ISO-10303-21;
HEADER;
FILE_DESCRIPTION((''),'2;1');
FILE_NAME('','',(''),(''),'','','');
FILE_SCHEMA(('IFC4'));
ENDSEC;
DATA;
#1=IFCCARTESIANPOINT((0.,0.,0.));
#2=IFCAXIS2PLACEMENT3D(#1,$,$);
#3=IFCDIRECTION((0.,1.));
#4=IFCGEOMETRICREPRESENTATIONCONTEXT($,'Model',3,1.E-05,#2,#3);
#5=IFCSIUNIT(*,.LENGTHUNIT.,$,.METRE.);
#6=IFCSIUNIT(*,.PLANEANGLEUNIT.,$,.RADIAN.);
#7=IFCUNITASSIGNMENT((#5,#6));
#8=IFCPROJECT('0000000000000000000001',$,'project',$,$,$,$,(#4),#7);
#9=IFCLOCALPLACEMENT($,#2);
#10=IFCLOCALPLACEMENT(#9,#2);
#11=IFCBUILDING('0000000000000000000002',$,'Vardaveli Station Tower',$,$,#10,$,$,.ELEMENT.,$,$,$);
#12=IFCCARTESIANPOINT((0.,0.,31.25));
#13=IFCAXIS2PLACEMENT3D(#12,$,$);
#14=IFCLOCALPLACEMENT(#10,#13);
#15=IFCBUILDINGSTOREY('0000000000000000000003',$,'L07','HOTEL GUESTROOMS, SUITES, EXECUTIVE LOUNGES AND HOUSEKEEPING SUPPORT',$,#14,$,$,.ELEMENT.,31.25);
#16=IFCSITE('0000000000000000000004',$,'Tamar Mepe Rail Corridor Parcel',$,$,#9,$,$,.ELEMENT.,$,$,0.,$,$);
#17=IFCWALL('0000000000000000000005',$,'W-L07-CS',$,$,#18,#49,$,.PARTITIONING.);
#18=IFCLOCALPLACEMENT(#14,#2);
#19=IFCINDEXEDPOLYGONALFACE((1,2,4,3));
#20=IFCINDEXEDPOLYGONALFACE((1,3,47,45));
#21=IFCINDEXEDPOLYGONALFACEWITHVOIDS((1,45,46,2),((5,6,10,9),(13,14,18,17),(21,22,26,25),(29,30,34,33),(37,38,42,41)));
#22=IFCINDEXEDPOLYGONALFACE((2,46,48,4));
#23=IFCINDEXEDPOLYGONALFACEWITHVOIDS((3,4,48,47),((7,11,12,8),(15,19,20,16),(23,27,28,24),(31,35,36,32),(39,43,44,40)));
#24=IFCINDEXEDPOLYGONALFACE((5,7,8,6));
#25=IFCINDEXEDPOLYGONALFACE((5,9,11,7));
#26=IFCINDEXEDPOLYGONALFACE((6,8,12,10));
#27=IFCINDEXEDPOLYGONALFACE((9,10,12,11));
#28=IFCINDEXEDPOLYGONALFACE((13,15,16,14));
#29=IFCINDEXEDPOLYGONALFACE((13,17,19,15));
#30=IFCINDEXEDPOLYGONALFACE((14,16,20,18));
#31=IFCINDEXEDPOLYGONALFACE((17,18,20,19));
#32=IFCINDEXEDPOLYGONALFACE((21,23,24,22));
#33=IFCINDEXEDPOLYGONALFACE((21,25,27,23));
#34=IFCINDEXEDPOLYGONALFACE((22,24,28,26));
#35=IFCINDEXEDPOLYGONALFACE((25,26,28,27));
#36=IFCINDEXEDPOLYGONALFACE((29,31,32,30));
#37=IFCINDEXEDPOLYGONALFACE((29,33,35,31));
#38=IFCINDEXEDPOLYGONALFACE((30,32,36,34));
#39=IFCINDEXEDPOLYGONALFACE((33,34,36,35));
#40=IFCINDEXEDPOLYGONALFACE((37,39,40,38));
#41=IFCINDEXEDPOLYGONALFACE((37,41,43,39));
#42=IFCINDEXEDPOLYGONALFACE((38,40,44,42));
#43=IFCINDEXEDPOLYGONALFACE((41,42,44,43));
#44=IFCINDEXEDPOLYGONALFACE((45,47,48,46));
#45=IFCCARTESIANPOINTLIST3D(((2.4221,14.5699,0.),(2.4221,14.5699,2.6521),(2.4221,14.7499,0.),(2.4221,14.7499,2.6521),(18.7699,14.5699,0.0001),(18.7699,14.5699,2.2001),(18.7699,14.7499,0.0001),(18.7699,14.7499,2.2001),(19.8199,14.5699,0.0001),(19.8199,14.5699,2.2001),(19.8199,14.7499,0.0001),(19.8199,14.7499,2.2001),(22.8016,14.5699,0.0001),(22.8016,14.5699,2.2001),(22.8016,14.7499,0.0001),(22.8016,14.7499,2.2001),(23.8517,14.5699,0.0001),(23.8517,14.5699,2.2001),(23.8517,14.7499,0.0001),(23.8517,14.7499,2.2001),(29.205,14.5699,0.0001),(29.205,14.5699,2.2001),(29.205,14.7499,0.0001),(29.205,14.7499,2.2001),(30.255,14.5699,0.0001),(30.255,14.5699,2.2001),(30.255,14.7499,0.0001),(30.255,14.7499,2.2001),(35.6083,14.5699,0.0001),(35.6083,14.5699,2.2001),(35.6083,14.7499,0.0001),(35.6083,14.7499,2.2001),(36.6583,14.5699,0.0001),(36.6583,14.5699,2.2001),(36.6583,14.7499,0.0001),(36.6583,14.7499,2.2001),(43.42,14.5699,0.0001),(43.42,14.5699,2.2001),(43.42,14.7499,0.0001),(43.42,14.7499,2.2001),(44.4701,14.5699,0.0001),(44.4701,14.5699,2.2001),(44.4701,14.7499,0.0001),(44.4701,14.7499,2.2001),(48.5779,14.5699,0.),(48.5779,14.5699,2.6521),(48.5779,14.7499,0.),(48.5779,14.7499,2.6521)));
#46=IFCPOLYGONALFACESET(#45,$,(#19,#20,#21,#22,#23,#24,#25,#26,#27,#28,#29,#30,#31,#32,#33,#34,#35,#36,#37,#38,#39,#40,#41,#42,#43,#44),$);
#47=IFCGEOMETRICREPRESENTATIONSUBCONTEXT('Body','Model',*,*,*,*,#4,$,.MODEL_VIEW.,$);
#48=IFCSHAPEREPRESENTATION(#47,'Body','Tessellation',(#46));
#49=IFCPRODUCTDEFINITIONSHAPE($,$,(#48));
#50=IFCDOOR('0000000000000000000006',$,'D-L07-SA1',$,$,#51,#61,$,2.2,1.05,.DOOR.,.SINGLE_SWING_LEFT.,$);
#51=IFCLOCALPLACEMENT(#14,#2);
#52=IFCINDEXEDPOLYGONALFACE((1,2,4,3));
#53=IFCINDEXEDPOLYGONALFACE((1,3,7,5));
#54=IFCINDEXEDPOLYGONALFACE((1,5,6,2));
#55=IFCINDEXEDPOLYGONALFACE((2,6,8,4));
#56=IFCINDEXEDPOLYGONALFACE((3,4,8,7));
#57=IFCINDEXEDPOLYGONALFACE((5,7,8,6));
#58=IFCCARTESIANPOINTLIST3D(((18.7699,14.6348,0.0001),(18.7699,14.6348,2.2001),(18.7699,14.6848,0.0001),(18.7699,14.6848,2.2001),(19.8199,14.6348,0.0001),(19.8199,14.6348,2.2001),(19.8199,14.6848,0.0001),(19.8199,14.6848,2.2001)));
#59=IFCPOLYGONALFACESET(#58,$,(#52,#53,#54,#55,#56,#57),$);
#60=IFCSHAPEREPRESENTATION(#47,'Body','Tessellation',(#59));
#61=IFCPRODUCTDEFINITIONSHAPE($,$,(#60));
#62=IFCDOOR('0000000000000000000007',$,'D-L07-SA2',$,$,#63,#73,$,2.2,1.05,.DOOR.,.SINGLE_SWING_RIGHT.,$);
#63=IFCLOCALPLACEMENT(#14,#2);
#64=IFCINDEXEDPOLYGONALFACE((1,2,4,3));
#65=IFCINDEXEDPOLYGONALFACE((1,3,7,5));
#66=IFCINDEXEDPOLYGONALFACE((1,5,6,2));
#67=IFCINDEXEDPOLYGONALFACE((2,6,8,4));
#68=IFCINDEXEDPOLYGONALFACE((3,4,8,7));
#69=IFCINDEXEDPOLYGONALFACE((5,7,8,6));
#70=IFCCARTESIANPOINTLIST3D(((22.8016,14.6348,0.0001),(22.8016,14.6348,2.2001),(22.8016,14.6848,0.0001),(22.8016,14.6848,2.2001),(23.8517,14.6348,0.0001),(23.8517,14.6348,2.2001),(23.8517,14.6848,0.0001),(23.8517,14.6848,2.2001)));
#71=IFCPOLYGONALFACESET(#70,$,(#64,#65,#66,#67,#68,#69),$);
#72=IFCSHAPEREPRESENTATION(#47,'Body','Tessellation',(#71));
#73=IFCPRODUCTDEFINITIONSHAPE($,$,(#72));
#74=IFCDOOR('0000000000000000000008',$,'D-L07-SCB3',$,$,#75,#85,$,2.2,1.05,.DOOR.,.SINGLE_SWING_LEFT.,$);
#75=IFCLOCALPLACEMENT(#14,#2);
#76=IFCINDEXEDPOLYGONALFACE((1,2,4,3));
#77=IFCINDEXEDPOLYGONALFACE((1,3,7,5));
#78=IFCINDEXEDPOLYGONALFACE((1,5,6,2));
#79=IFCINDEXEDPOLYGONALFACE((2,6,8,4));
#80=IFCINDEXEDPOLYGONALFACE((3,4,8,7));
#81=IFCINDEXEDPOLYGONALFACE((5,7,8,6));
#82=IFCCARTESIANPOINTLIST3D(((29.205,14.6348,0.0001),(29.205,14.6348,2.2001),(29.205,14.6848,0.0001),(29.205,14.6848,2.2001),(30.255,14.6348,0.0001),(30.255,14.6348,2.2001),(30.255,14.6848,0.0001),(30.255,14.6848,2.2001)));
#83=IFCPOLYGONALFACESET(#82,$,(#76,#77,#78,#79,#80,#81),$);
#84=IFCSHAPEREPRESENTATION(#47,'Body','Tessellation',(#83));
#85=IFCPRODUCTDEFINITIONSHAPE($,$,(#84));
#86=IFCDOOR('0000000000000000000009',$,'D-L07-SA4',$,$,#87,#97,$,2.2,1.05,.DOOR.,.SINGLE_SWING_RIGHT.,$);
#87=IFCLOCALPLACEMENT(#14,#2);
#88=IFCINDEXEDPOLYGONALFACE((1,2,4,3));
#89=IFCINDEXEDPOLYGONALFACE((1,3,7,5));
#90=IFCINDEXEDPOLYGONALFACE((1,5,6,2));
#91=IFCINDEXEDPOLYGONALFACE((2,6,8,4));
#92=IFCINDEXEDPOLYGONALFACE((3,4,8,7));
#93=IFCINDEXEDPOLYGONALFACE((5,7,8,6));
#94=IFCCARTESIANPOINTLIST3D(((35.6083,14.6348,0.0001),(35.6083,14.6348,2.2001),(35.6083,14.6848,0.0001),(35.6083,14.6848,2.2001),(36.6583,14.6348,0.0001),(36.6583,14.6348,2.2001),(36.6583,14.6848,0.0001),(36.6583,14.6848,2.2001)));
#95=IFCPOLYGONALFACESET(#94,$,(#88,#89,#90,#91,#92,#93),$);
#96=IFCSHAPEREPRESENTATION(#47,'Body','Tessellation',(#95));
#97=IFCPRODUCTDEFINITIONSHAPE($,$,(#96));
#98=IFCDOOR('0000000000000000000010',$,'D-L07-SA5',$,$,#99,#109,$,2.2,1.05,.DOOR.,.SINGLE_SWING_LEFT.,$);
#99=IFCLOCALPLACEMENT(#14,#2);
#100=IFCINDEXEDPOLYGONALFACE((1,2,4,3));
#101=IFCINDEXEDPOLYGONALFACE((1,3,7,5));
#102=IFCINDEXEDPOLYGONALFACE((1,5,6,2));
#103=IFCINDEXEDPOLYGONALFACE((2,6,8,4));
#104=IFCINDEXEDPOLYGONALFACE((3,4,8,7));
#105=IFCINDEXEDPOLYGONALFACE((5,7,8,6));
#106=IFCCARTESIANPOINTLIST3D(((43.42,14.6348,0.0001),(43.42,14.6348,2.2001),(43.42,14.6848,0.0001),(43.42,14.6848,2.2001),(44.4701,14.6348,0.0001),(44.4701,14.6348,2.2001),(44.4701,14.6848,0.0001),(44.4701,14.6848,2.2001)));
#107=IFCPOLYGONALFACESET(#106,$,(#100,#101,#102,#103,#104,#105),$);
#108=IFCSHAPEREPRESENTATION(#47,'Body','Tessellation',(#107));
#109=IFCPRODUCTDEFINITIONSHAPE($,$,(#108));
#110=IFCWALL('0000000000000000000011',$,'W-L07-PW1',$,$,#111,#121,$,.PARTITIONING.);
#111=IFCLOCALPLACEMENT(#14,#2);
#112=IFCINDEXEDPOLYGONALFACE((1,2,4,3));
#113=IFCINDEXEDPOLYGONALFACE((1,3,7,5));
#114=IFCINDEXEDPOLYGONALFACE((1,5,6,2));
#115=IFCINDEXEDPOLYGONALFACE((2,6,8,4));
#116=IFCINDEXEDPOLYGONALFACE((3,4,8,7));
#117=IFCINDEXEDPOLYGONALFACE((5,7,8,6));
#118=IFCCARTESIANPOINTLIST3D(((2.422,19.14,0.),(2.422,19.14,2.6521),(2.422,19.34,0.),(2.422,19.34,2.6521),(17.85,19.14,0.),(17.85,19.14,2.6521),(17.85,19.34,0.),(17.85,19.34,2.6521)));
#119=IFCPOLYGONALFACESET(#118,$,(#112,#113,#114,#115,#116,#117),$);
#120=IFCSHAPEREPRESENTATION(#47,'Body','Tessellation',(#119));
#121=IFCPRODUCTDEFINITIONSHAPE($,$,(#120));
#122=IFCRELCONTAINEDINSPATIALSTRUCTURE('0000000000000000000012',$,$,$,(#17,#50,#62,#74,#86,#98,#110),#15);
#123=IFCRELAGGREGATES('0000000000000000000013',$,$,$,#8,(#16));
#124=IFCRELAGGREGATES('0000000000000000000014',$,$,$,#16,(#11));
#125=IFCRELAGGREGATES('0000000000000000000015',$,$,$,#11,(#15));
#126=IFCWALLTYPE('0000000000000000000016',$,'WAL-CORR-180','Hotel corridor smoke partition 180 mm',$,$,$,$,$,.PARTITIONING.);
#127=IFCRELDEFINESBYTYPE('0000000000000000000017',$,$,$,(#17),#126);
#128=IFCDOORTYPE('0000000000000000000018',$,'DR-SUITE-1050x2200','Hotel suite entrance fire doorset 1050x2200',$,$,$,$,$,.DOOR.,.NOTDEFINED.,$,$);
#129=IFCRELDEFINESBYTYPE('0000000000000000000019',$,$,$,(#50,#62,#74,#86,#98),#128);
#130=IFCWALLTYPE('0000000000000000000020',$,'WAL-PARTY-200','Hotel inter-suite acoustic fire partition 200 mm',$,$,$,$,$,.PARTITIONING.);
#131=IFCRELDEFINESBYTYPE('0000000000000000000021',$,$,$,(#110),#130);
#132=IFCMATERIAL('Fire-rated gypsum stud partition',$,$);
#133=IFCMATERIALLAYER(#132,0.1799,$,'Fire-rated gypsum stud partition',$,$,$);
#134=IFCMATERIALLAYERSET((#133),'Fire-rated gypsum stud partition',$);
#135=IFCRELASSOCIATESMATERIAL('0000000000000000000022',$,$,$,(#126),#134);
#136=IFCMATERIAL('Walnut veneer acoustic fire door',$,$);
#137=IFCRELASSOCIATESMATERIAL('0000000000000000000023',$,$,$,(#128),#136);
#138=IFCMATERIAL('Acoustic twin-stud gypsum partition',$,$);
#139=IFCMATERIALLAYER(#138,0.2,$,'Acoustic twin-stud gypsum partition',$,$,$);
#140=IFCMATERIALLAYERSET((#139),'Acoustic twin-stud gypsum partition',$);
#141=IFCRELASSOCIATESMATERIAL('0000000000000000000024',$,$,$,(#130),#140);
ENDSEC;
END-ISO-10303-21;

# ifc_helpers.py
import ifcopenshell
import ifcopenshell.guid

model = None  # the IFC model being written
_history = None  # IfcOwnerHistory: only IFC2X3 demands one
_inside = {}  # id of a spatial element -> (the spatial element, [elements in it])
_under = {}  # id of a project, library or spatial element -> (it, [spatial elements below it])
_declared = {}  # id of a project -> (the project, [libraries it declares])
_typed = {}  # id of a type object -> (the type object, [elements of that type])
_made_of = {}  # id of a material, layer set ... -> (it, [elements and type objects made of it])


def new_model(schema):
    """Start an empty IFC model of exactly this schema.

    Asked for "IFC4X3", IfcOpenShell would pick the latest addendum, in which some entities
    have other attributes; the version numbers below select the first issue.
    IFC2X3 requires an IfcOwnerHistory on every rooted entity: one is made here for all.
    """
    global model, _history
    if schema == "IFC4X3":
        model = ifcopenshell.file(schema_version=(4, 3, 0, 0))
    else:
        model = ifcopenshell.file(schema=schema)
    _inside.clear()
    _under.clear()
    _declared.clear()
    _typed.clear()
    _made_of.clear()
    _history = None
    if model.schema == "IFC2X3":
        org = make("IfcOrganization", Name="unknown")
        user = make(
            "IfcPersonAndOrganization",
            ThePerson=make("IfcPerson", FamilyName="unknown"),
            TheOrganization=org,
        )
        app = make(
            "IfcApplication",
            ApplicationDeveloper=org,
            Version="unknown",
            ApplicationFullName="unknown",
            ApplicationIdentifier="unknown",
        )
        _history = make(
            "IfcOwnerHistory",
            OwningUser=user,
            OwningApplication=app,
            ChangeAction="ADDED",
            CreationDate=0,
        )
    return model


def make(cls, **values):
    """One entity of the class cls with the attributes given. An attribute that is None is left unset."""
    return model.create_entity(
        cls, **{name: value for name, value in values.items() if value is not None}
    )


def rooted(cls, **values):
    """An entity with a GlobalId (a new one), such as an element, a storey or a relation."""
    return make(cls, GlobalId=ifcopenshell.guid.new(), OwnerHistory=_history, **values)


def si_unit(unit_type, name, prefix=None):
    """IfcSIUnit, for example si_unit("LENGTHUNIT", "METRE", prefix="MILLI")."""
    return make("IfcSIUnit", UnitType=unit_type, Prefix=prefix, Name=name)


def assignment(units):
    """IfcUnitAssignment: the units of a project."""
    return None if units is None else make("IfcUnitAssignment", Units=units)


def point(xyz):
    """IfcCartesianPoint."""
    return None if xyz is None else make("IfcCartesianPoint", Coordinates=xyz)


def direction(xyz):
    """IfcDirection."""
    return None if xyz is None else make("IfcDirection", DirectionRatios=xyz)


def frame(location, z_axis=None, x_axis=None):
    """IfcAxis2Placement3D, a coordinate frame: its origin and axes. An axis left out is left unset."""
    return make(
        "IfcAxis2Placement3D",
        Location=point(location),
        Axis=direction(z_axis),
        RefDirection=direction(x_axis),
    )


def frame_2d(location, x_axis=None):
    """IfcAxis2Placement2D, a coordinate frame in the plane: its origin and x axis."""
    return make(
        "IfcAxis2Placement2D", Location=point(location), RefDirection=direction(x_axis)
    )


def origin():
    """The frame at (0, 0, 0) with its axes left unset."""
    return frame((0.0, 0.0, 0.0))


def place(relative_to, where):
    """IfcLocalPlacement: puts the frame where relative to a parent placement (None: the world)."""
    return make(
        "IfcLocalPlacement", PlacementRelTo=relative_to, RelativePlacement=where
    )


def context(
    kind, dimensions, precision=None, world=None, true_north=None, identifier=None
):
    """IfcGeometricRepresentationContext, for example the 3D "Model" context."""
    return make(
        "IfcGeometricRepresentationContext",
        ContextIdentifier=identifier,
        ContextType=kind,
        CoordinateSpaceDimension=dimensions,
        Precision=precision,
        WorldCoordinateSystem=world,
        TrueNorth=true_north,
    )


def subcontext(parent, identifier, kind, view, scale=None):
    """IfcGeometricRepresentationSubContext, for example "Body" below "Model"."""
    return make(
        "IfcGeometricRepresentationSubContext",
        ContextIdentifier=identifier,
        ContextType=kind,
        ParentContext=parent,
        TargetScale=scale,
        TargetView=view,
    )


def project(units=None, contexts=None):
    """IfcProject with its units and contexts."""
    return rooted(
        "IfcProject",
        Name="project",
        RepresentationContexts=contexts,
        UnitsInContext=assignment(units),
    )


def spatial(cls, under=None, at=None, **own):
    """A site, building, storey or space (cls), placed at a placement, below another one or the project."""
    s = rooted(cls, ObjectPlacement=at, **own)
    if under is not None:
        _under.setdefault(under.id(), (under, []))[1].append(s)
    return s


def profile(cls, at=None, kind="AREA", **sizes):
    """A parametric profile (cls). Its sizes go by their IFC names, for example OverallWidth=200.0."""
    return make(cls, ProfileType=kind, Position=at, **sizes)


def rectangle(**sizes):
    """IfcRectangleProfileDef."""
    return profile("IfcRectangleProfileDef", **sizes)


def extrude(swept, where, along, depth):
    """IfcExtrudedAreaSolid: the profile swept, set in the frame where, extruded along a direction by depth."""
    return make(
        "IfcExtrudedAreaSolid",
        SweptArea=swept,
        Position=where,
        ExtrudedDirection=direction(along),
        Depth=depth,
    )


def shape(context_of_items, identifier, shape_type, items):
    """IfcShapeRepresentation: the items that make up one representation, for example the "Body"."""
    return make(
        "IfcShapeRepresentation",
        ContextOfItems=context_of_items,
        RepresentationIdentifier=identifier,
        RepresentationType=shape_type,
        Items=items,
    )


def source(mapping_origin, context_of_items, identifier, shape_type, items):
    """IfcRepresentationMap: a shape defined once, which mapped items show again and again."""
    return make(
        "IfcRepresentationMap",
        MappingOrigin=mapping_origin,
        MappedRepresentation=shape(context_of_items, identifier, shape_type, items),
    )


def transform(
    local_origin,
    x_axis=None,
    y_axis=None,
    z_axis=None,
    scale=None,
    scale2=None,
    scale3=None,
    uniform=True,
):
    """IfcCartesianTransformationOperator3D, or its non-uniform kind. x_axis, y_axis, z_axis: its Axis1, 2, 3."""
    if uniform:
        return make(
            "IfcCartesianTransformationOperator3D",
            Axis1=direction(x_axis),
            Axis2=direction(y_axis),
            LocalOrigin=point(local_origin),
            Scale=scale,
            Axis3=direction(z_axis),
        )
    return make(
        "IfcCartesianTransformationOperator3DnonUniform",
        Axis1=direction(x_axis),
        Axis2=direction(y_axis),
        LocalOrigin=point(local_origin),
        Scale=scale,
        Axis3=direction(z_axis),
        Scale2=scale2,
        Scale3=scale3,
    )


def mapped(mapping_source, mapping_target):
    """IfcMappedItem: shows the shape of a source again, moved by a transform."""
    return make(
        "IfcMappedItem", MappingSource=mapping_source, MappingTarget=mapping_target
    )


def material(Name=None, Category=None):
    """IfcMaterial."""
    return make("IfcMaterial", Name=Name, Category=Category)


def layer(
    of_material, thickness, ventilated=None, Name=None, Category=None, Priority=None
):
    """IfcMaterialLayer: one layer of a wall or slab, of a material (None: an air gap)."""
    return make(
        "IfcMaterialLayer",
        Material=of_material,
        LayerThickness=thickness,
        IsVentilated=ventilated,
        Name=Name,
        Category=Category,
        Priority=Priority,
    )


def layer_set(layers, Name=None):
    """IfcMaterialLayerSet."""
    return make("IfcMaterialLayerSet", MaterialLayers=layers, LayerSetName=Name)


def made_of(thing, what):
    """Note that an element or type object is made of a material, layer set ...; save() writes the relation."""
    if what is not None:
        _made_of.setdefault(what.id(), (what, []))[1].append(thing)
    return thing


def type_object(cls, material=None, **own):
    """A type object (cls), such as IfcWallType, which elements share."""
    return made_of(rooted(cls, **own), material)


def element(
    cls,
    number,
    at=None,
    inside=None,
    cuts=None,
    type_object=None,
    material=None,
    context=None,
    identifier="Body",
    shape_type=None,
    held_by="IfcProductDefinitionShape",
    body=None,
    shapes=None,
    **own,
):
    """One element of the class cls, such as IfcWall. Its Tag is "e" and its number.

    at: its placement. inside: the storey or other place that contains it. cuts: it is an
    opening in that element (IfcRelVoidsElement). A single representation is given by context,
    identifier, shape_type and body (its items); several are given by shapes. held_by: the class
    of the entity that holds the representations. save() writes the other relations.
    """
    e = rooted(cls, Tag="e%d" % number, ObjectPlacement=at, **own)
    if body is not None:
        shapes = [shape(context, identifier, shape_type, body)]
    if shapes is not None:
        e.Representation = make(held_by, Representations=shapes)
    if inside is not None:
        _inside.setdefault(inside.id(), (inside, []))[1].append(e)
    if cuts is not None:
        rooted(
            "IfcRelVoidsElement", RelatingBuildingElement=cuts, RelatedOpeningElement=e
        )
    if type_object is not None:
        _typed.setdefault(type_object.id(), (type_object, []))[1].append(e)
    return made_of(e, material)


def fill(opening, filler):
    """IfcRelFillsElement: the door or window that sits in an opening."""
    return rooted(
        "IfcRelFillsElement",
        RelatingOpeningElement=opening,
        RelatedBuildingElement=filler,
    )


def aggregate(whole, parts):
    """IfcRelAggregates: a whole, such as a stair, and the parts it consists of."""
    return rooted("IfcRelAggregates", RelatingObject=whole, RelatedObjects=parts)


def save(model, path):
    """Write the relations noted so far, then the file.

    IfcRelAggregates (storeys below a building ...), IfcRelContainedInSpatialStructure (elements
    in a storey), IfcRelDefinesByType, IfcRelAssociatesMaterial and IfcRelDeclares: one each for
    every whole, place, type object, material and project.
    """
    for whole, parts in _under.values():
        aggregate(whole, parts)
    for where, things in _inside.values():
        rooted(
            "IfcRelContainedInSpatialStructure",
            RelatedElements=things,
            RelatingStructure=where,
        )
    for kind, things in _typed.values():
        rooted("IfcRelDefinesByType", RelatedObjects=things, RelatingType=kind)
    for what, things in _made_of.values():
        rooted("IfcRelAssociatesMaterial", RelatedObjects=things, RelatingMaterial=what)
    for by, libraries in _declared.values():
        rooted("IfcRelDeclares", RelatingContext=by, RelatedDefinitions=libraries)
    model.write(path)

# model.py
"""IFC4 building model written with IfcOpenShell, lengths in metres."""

from ifc_helpers import new_model, si_unit, direction, frame, frame_2d, origin, place, context, subcontext, project, spatial, rectangle, extrude, source, transform, mapped, material, layer, layer_set, type_object, element, fill, save


model = new_model("IFC4")

# Units and contexts
model_context = context("Model", 3, precision=1e-05, world=origin(), true_north=direction((0.0, 1.0)))
body_context = subcontext(model_context, "Body", "Model", "MODEL_VIEW")
ifc_project = project(units=[si_unit("LENGTHUNIT", "METRE"), si_unit("PLANEANGLEUNIT", "RADIAN")], contexts=[model_context])

# Site, building, storey
site_placement = place(None, origin())
site = spatial("IfcSite", under=ifc_project, at=site_placement, Name="Tamar Mepe Rail Corridor Parcel", CompositionType="ELEMENT", RefElevation=0.0)
building_placement = place(site_placement, origin())
building = spatial("IfcBuilding", under=site, at=building_placement, Name="Vardaveli Station Tower", CompositionType="ELEMENT")
storey_placement = place(building_placement, frame((0.0, 0.0, 31.25)))
storey = spatial("IfcBuildingStorey", under=building, at=storey_placement, Name="L07", Description="HOTEL GUESTROOMS, SUITES, EXECUTIVE LOUNGES AND HOUSEKEEPING SUPPORT", CompositionType="ELEMENT", Elevation=31.25)

# Wall, openings, doors
ifc_material_1 = material(Name="Fire-rated gypsum stud partition")
ifc_layer_1 = layer(ifc_material_1, 0.1799, Name="Fire-rated gypsum stud partition")
ifc_layer_set_1 = layer_set([ifc_layer_1], Name="Fire-rated gypsum stud partition")
wall_type_1 = type_object("IfcWallType", Name="WAL-CORR-180", Description="Hotel corridor smoke partition 180 mm", PredefinedType="PARTITIONING", material=ifc_layer_set_1)
shared_shape_1 = source(origin(), body_context, "Body", "SweptSolid", [
    extrude(rectangle(XDim=46.1558, YDim=0.1799, at=frame_2d((23.0779, 0.0))), origin(), (0.0, 0.0, 1.0), 2.6521),
])
wall_1_placement = place(storey_placement, frame((2.4221, 14.6599, 0.0), z_axis=(0.0, 0.0, 1.0), x_axis=(1.0, 0.0, 0.0)))
wall_1 = element("IfcWall", 1, at=wall_1_placement, inside=storey, type_object=wall_type_1, Name="W-L07-CS", PredefinedType="PARTITIONING", context=body_context, shape_type="MappedRepresentation", body=[
    mapped(shared_shape_1, transform((0.0, 0.0, 0.0), scale=1.0)),
])
shared_shape_2 = source(origin(), body_context, "Body", "SweptSolid", [
    extrude(rectangle(XDim=1.05, YDim=2.2, at=frame_2d((0.5249, 1.1001))), frame((0.0, 0.1001, 0.0), z_axis=(0.0, -1.0, 0.0), x_axis=(1.0, 0.0, 0.0)), (0.0, 0.0, 1.0), 0.2),
])
opening_1_placement = place(wall_1_placement, frame((16.3479, 0.0, 0.0)))
opening_1 = element("IfcOpeningElement", 2, at=opening_1_placement, cuts=wall_1, PredefinedType="OPENING", context=body_context, shape_type="MappedRepresentation", body=[
    mapped(shared_shape_2, transform((0.0, 0.0, 0.0), scale=1.0)),
])
opening_2_placement = place(wall_1_placement, frame((20.3796, 0.0, 0.0)))
opening_2 = element("IfcOpeningElement", 3, at=opening_2_placement, cuts=wall_1, PredefinedType="OPENING", context=body_context, shape_type="MappedRepresentation", body=[
    mapped(shared_shape_2, transform((0.0, 0.0, 0.0), scale=1.0)),
])
opening_3_placement = place(wall_1_placement, frame((26.783, 0.0, 0.0)))
opening_3 = element("IfcOpeningElement", 4, at=opening_3_placement, cuts=wall_1, PredefinedType="OPENING", context=body_context, shape_type="MappedRepresentation", body=[
    mapped(shared_shape_2, transform((0.0, 0.0, 0.0), scale=1.0)),
])
opening_4_placement = place(wall_1_placement, frame((33.1863, 0.0, 0.0)))
opening_4 = element("IfcOpeningElement", 5, at=opening_4_placement, cuts=wall_1, PredefinedType="OPENING", context=body_context, shape_type="MappedRepresentation", body=[
    mapped(shared_shape_2, transform((0.0, 0.0, 0.0), scale=1.0)),
])
opening_5_placement = place(wall_1_placement, frame((40.998, 0.0, 0.0)))
opening_5 = element("IfcOpeningElement", 6, at=opening_5_placement, cuts=wall_1, PredefinedType="OPENING", context=body_context, shape_type="MappedRepresentation", body=[
    mapped(shared_shape_2, transform((0.0, 0.0, 0.0), scale=1.0)),
])
ifc_material_2 = material(Name="Walnut veneer acoustic fire door")
door_type = type_object("IfcDoorType", Name="DR-SUITE-1050x2200", Description="Hotel suite entrance fire doorset 1050x2200", OperationType="NOTDEFINED", PredefinedType="DOOR", material=ifc_material_2)
shared_shape_3 = source(origin(), body_context, "Body", "SweptSolid", [
    extrude(rectangle(XDim=1.05, YDim=2.2, at=frame_2d((0.5249, 1.1001))), frame((0.0, 0.0249, 0.0), z_axis=(0.0, -1.0, 0.0), x_axis=(1.0, 0.0, 0.0)), (0.0, 0.0, 1.0), 0.05),
])
door_1_placement = place(opening_1_placement, origin())
door_1 = element("IfcDoor", 7, at=door_1_placement, inside=storey, type_object=door_type, Name="D-L07-SA1", OperationType="SINGLE_SWING_LEFT", OverallHeight=2.2, OverallWidth=1.05, PredefinedType="DOOR", context=body_context, shape_type="MappedRepresentation", body=[
    mapped(shared_shape_3, transform((0.0, 0.0, 0.0), scale=1.0)),
])
fill(opening_1, door_1)
door_2_placement = place(opening_2_placement, origin())
door_2 = element("IfcDoor", 8, at=door_2_placement, inside=storey, type_object=door_type, Name="D-L07-SA2", OperationType="SINGLE_SWING_RIGHT", OverallHeight=2.2, OverallWidth=1.05, PredefinedType="DOOR", context=body_context, shape_type="MappedRepresentation", body=[
    mapped(shared_shape_3, transform((0.0, 0.0, 0.0), scale=1.0)),
])
fill(opening_2, door_2)
door_3_placement = place(opening_3_placement, origin())
door_3 = element("IfcDoor", 9, at=door_3_placement, inside=storey, type_object=door_type, Name="D-L07-SCB3", OperationType="SINGLE_SWING_LEFT", OverallHeight=2.2, OverallWidth=1.05, PredefinedType="DOOR", context=body_context, shape_type="MappedRepresentation", body=[
    mapped(shared_shape_3, transform((0.0, 0.0, 0.0), scale=1.0)),
])
fill(opening_3, door_3)
door_4_placement = place(opening_4_placement, origin())
door_4 = element("IfcDoor", 10, at=door_4_placement, inside=storey, type_object=door_type, Name="D-L07-SA4", OperationType="SINGLE_SWING_RIGHT", OverallHeight=2.2, OverallWidth=1.05, PredefinedType="DOOR", context=body_context, shape_type="MappedRepresentation", body=[
    mapped(shared_shape_3, transform((0.0, 0.0, 0.0), scale=1.0)),
])
fill(opening_4, door_4)
door_5_placement = place(opening_5_placement, origin())
door_5 = element("IfcDoor", 11, at=door_5_placement, inside=storey, type_object=door_type, Name="D-L07-SA5", OperationType="SINGLE_SWING_LEFT", OverallHeight=2.2, OverallWidth=1.05, PredefinedType="DOOR", context=body_context, shape_type="MappedRepresentation", body=[
    mapped(shared_shape_3, transform((0.0, 0.0, 0.0), scale=1.0)),
])
fill(opening_5, door_5)

# Wall
ifc_material_3 = material(Name="Acoustic twin-stud gypsum partition")
ifc_layer_2 = layer(ifc_material_3, 0.2, Name="Acoustic twin-stud gypsum partition")
ifc_layer_set_2 = layer_set([ifc_layer_2], Name="Acoustic twin-stud gypsum partition")
wall_type_2 = type_object("IfcWallType", Name="WAL-PARTY-200", Description="Hotel inter-suite acoustic fire partition 200 mm", PredefinedType="PARTITIONING", material=ifc_layer_set_2)
shared_shape_4 = source(origin(), body_context, "Body", "SweptSolid", [
    extrude(rectangle(XDim=15.428, YDim=0.2, at=frame_2d((7.7139, 0.0))), origin(), (0.0, 0.0, 1.0), 2.6521),
])
wall_2_placement = place(storey_placement, frame((2.4221, 19.24, 0.0), z_axis=(0.0, 0.0, 1.0), x_axis=(1.0, 0.0, 0.0)))
element("IfcWall", 12, at=wall_2_placement, inside=storey, type_object=wall_type_2, Name="W-L07-PW1", PredefinedType="PARTITIONING", context=body_context, shape_type="MappedRepresentation", body=[
    mapped(shared_shape_4, transform((0.0, 0.0, 0.0), scale=1.0)),
])

save(model, "model.ifc")
